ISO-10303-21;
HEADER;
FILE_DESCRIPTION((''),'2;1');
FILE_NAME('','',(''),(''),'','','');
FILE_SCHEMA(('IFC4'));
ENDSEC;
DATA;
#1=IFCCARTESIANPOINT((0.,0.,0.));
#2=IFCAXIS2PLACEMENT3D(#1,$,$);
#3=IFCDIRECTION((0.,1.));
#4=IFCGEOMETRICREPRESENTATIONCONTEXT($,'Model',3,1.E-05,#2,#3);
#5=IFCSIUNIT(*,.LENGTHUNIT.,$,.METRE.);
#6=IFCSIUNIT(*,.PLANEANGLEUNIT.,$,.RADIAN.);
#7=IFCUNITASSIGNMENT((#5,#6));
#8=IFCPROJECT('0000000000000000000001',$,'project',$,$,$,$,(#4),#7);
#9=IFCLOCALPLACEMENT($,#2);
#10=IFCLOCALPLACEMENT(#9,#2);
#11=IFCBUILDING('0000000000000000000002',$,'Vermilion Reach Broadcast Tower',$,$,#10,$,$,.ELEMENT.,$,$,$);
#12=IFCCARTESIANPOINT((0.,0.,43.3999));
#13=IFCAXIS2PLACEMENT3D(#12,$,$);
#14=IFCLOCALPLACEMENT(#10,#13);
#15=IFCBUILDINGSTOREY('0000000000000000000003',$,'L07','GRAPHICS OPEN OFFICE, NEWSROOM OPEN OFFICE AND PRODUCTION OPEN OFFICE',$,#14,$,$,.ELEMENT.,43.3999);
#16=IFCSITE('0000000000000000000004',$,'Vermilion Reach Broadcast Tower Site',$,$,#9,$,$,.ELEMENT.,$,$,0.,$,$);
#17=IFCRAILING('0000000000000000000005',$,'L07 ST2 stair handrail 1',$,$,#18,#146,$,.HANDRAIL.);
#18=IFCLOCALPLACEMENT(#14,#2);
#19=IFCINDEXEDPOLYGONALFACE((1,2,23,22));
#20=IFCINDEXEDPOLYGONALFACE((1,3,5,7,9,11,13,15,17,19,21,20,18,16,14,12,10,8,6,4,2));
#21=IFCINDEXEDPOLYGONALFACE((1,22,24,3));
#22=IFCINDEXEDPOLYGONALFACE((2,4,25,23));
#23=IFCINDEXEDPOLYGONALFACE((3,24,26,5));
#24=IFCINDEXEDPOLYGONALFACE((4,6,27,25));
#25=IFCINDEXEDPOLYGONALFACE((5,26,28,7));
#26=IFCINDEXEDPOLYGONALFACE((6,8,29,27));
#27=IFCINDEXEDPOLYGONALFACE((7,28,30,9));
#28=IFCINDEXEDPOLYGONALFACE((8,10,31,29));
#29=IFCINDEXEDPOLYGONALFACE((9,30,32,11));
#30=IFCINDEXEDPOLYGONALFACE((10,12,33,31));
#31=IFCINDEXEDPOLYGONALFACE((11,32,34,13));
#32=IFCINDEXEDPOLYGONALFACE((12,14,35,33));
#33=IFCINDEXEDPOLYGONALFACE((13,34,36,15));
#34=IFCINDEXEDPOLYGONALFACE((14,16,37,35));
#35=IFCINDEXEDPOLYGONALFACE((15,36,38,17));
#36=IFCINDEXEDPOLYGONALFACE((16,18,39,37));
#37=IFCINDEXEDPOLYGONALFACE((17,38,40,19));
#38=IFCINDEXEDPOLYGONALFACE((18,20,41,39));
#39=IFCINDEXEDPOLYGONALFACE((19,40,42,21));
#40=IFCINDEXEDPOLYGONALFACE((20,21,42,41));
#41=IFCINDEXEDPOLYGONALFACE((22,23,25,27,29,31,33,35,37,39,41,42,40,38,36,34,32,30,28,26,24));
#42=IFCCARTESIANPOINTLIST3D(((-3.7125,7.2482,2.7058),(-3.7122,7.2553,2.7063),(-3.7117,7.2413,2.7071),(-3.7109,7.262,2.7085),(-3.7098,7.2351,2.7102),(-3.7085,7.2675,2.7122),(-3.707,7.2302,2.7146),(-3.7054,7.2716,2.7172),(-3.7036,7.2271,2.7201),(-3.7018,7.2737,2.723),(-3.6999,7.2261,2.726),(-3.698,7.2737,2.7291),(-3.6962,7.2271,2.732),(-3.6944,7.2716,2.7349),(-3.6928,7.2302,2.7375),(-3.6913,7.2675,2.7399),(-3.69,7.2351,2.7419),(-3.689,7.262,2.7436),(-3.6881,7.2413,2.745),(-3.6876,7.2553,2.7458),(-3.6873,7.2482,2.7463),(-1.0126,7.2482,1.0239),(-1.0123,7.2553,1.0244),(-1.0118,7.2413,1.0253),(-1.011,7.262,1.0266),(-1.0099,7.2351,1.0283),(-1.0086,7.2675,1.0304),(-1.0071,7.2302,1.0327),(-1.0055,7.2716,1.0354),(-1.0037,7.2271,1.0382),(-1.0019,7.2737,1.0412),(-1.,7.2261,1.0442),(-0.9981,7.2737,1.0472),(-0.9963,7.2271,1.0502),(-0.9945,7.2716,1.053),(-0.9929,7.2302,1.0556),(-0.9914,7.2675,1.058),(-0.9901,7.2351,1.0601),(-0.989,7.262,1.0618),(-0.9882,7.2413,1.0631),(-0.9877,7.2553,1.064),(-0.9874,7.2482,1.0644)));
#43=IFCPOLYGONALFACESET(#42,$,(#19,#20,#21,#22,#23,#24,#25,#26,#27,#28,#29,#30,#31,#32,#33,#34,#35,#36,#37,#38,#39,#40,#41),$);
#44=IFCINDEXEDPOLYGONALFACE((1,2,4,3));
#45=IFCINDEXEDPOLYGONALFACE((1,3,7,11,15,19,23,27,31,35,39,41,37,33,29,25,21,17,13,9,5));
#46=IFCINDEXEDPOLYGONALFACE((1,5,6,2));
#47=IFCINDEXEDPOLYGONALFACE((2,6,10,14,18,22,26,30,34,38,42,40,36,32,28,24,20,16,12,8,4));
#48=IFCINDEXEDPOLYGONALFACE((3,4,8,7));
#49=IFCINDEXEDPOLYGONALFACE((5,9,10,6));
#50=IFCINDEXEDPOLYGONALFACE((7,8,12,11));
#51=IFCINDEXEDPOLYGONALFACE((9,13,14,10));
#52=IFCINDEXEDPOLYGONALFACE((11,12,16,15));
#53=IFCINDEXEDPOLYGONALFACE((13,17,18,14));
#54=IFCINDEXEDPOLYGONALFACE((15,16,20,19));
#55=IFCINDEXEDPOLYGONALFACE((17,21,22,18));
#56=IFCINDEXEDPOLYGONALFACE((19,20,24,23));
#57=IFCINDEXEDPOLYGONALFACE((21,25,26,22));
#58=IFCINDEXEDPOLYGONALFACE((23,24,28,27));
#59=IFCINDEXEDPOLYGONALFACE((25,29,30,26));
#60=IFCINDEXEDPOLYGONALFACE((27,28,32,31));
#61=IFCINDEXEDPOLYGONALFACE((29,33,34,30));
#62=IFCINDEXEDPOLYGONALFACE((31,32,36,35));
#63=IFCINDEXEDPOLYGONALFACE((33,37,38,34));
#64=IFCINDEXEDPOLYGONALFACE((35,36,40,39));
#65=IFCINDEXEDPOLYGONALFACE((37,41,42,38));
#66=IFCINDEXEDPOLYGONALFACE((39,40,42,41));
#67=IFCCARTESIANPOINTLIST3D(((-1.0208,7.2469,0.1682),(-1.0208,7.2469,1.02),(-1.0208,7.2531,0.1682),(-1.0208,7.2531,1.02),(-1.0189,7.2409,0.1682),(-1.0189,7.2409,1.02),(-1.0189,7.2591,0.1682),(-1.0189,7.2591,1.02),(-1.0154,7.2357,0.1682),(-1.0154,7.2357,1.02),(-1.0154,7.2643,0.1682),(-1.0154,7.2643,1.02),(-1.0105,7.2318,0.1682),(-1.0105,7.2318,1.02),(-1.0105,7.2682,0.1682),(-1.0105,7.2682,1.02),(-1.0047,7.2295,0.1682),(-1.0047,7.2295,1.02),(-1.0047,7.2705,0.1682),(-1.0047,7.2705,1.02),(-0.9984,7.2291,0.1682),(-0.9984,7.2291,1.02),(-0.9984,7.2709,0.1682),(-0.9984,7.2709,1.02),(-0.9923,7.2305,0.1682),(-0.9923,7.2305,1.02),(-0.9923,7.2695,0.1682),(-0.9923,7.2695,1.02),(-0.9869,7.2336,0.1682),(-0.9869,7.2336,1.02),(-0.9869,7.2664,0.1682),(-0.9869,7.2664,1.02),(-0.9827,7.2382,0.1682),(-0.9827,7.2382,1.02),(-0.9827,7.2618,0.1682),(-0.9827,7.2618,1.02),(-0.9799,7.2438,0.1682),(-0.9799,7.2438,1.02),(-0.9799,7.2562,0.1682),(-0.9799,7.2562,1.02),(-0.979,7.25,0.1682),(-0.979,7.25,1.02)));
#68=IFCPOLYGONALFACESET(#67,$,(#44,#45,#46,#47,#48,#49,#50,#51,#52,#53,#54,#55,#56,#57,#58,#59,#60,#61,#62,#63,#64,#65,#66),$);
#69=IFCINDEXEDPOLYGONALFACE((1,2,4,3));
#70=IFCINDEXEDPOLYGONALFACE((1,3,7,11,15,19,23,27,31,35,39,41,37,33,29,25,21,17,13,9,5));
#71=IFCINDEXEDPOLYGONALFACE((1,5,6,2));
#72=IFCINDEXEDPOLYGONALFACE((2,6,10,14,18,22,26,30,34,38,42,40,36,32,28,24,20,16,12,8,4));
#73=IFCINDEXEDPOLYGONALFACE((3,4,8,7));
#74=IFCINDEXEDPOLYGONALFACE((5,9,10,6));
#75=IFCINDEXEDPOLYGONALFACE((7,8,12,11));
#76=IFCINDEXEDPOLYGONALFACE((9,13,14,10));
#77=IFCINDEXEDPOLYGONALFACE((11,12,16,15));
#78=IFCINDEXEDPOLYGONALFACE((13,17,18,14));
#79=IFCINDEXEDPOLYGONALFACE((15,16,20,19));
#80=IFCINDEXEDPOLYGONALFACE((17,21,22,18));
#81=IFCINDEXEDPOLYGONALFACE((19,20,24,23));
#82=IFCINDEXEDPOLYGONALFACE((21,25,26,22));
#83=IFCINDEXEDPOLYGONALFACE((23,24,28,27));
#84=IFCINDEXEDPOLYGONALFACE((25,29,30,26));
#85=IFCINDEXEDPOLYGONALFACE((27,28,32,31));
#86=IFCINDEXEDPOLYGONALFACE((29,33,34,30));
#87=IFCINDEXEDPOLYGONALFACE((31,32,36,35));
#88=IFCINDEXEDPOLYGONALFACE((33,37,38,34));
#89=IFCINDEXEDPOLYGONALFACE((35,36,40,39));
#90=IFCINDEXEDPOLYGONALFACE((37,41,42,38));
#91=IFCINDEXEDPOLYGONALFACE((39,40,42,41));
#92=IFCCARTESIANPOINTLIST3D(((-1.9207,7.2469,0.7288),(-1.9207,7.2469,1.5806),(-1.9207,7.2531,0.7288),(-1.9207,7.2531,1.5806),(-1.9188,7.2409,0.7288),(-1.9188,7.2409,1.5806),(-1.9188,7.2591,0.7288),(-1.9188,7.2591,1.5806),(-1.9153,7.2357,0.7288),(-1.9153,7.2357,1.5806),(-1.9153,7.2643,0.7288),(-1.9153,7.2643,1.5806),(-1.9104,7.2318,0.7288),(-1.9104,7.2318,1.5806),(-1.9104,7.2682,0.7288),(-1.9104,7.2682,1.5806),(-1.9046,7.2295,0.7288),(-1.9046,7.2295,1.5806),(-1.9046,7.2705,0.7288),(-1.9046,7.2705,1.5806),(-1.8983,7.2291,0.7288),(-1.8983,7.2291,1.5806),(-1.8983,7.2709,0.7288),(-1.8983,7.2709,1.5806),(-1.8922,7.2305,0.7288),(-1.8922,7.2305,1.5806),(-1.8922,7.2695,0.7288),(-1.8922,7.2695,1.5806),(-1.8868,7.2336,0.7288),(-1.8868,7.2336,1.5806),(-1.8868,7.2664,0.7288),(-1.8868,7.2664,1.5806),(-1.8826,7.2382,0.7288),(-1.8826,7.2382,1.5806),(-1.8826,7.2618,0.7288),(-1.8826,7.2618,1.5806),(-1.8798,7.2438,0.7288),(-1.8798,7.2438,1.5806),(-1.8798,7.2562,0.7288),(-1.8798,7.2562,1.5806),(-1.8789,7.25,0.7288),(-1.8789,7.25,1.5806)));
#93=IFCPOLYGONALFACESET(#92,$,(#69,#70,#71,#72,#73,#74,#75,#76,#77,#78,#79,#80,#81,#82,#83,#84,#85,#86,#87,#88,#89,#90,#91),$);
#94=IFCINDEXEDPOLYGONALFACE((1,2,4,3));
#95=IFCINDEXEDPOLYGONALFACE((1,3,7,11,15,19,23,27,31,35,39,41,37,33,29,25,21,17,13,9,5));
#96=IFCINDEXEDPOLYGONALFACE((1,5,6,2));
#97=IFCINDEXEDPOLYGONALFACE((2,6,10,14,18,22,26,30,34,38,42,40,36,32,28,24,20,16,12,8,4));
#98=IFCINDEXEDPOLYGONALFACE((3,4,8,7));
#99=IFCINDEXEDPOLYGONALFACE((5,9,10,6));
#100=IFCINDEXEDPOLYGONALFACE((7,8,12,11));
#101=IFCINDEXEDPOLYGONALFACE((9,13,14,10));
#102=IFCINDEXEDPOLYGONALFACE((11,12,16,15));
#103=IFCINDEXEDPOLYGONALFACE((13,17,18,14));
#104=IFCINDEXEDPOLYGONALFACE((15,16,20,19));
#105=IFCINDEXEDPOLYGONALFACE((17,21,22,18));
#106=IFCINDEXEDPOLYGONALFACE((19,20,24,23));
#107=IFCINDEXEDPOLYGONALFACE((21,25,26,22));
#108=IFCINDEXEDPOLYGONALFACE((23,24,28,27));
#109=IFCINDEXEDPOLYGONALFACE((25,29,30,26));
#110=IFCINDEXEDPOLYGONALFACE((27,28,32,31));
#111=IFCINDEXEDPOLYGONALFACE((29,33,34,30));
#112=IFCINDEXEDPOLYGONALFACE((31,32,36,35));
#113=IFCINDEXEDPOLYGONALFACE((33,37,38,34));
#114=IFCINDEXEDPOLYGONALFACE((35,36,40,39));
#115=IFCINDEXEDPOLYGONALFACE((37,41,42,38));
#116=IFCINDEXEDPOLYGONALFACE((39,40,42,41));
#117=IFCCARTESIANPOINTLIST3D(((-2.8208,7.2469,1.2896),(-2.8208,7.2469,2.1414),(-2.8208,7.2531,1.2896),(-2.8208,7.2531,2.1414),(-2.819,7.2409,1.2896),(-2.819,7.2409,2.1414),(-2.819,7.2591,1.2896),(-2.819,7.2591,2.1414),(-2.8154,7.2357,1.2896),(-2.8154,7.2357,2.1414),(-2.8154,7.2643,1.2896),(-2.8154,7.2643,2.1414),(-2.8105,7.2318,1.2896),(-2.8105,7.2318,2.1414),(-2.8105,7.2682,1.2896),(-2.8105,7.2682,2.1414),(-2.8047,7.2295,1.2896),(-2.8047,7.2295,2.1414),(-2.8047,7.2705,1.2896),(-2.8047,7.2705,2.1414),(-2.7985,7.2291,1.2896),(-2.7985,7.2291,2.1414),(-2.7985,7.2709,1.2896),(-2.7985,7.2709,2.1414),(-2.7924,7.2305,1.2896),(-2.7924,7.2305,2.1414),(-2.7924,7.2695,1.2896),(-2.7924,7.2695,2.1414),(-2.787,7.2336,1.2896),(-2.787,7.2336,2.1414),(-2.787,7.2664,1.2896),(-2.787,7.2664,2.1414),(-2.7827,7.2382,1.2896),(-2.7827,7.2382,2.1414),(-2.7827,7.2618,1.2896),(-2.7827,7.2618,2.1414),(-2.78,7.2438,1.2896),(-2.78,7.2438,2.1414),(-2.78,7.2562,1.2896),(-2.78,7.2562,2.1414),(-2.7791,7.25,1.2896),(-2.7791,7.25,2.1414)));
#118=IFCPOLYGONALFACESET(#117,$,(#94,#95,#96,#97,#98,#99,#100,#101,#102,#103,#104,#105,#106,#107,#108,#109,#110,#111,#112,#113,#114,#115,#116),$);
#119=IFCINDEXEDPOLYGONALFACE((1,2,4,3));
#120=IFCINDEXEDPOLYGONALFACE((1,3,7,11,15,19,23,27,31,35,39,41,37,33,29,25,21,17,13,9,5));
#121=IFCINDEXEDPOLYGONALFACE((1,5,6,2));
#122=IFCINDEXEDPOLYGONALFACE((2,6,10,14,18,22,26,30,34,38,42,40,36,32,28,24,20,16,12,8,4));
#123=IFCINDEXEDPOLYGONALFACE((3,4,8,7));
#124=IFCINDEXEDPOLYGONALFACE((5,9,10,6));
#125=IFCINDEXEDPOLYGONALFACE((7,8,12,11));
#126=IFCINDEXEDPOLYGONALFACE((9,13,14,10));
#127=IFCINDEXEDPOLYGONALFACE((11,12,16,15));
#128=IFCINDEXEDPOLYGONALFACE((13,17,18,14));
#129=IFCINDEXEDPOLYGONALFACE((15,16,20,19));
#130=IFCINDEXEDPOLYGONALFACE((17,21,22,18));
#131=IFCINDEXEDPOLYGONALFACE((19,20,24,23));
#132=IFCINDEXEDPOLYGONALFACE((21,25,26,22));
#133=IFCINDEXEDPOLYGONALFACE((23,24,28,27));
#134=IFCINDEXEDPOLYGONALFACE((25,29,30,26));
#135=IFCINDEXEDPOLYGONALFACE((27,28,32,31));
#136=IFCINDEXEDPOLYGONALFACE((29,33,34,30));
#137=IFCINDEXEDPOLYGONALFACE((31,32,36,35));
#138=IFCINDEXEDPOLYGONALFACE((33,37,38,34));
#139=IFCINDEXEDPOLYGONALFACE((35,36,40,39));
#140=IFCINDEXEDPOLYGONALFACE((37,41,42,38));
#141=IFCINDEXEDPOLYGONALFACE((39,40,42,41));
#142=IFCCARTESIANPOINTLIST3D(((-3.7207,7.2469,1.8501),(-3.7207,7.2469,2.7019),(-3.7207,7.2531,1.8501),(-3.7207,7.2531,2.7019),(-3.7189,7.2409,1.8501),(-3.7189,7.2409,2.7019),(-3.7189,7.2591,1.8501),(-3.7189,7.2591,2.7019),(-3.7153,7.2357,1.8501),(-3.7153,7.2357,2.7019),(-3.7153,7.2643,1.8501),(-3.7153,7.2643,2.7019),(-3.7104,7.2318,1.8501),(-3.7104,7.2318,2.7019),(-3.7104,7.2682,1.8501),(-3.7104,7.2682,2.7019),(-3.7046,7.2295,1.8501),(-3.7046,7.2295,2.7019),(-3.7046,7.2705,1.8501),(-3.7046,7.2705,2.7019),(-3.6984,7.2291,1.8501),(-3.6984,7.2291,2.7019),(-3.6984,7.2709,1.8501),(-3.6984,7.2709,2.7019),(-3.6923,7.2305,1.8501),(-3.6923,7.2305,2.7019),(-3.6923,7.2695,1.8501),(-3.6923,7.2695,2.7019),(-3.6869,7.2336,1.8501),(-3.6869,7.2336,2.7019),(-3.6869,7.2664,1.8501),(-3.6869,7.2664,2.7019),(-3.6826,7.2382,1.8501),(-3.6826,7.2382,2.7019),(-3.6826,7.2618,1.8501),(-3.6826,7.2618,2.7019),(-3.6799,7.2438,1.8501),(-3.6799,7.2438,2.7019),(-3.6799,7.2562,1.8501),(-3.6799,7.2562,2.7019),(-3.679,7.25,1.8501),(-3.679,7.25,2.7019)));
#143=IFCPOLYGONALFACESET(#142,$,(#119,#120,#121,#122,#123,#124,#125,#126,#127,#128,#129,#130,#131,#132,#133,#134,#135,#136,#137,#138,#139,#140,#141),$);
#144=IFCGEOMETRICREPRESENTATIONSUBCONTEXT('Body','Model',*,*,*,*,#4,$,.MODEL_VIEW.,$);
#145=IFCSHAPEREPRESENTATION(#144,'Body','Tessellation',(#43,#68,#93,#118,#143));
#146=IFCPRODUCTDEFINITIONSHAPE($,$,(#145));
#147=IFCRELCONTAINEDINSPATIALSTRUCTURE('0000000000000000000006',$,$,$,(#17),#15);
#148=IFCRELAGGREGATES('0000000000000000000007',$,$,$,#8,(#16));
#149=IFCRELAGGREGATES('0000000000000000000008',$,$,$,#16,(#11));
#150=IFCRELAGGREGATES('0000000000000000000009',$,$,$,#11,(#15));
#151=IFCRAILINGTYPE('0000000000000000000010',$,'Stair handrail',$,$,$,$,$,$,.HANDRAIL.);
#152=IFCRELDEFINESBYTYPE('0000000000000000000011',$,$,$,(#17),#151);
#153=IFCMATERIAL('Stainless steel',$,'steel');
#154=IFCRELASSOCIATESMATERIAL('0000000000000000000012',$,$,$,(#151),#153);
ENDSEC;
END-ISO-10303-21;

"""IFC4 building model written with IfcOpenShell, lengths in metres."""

from ifc_helpers import new_model, si_unit, direction, frame, origin, origin_2d, place, context, subcontext, project, spatial, circle, extrude, material, type_object, element, save


model = new_model("IFC4")

# Units and contexts
model_context = context("Model", 3, precision=1e-05, world=origin(), true_north=direction((0.0, 1.0)))
body_context = subcontext(model_context, "Body", "Model", "MODEL_VIEW")
ifc_project = project(units=[si_unit("LENGTHUNIT", "METRE"), si_unit("PLANEANGLEUNIT", "RADIAN")], contexts=[model_context])

# Site, building, storey
site_placement = place(None, origin())
site = spatial("IfcSite", under=ifc_project, at=site_placement, Name="Vermilion Reach Broadcast Tower Site", CompositionType="ELEMENT", RefElevation=0.0)
building_placement = place(site_placement, origin())
building = spatial("IfcBuilding", under=site, at=building_placement, Name="Vermilion Reach Broadcast Tower", CompositionType="ELEMENT")
storey_placement = place(building_placement, frame((0.0, 0.0, 43.3999)))
storey = spatial("IfcBuildingStorey", under=building, at=storey_placement, Name="L07", Description="GRAPHICS OPEN OFFICE, NEWSROOM OPEN OFFICE AND PRODUCTION OPEN OFFICE", CompositionType="ELEMENT", Elevation=43.3999)

# Railing
ifc_material_1 = material(Name="Stainless steel", Category="steel")
railing_type_1 = type_object("IfcRailingType", Name="Stair handrail", PredefinedType="HANDRAIL", material=ifc_material_1)
railing_1_placement = place(storey_placement, frame((-1.0, 7.25, 0.1682)))
element("IfcRailing", 1, at=railing_1_placement, inside=storey, type_object=railing_type_1, Name="L07 ST2 stair handrail 1", PredefinedType="HANDRAIL", context=body_context, shape_type="SweptSolid", body=[
    extrude(circle(Radius=0.0239, at=origin_2d()), frame((0.0, 0.0, 0.876), z_axis=(-0.848786, 0.0, 0.528736), x_axis=(0.0, -1.0, 0.0)), (0.0, 0.0, 1.0), 3.1809),
    extrude(circle(Radius=0.021, at=origin_2d()), origin(), (0.0, 0.0, 1.0), 0.8518),
    extrude(circle(Radius=0.021, at=origin_2d()), frame((-0.8999, 0.0, 0.5605)), (0.0, 0.0, 1.0), 0.8518),
    extrude(circle(Radius=0.021, at=origin_2d()), frame((-1.8, 0.0, 1.1213)), (0.0, 0.0, 1.0), 0.8518),
    extrude(circle(Radius=0.021, at=origin_2d()), frame((-2.7, 0.0, 1.6819)), (0.0, 0.0, 1.0), 0.8518),
])

save(model, "model.ifc")
